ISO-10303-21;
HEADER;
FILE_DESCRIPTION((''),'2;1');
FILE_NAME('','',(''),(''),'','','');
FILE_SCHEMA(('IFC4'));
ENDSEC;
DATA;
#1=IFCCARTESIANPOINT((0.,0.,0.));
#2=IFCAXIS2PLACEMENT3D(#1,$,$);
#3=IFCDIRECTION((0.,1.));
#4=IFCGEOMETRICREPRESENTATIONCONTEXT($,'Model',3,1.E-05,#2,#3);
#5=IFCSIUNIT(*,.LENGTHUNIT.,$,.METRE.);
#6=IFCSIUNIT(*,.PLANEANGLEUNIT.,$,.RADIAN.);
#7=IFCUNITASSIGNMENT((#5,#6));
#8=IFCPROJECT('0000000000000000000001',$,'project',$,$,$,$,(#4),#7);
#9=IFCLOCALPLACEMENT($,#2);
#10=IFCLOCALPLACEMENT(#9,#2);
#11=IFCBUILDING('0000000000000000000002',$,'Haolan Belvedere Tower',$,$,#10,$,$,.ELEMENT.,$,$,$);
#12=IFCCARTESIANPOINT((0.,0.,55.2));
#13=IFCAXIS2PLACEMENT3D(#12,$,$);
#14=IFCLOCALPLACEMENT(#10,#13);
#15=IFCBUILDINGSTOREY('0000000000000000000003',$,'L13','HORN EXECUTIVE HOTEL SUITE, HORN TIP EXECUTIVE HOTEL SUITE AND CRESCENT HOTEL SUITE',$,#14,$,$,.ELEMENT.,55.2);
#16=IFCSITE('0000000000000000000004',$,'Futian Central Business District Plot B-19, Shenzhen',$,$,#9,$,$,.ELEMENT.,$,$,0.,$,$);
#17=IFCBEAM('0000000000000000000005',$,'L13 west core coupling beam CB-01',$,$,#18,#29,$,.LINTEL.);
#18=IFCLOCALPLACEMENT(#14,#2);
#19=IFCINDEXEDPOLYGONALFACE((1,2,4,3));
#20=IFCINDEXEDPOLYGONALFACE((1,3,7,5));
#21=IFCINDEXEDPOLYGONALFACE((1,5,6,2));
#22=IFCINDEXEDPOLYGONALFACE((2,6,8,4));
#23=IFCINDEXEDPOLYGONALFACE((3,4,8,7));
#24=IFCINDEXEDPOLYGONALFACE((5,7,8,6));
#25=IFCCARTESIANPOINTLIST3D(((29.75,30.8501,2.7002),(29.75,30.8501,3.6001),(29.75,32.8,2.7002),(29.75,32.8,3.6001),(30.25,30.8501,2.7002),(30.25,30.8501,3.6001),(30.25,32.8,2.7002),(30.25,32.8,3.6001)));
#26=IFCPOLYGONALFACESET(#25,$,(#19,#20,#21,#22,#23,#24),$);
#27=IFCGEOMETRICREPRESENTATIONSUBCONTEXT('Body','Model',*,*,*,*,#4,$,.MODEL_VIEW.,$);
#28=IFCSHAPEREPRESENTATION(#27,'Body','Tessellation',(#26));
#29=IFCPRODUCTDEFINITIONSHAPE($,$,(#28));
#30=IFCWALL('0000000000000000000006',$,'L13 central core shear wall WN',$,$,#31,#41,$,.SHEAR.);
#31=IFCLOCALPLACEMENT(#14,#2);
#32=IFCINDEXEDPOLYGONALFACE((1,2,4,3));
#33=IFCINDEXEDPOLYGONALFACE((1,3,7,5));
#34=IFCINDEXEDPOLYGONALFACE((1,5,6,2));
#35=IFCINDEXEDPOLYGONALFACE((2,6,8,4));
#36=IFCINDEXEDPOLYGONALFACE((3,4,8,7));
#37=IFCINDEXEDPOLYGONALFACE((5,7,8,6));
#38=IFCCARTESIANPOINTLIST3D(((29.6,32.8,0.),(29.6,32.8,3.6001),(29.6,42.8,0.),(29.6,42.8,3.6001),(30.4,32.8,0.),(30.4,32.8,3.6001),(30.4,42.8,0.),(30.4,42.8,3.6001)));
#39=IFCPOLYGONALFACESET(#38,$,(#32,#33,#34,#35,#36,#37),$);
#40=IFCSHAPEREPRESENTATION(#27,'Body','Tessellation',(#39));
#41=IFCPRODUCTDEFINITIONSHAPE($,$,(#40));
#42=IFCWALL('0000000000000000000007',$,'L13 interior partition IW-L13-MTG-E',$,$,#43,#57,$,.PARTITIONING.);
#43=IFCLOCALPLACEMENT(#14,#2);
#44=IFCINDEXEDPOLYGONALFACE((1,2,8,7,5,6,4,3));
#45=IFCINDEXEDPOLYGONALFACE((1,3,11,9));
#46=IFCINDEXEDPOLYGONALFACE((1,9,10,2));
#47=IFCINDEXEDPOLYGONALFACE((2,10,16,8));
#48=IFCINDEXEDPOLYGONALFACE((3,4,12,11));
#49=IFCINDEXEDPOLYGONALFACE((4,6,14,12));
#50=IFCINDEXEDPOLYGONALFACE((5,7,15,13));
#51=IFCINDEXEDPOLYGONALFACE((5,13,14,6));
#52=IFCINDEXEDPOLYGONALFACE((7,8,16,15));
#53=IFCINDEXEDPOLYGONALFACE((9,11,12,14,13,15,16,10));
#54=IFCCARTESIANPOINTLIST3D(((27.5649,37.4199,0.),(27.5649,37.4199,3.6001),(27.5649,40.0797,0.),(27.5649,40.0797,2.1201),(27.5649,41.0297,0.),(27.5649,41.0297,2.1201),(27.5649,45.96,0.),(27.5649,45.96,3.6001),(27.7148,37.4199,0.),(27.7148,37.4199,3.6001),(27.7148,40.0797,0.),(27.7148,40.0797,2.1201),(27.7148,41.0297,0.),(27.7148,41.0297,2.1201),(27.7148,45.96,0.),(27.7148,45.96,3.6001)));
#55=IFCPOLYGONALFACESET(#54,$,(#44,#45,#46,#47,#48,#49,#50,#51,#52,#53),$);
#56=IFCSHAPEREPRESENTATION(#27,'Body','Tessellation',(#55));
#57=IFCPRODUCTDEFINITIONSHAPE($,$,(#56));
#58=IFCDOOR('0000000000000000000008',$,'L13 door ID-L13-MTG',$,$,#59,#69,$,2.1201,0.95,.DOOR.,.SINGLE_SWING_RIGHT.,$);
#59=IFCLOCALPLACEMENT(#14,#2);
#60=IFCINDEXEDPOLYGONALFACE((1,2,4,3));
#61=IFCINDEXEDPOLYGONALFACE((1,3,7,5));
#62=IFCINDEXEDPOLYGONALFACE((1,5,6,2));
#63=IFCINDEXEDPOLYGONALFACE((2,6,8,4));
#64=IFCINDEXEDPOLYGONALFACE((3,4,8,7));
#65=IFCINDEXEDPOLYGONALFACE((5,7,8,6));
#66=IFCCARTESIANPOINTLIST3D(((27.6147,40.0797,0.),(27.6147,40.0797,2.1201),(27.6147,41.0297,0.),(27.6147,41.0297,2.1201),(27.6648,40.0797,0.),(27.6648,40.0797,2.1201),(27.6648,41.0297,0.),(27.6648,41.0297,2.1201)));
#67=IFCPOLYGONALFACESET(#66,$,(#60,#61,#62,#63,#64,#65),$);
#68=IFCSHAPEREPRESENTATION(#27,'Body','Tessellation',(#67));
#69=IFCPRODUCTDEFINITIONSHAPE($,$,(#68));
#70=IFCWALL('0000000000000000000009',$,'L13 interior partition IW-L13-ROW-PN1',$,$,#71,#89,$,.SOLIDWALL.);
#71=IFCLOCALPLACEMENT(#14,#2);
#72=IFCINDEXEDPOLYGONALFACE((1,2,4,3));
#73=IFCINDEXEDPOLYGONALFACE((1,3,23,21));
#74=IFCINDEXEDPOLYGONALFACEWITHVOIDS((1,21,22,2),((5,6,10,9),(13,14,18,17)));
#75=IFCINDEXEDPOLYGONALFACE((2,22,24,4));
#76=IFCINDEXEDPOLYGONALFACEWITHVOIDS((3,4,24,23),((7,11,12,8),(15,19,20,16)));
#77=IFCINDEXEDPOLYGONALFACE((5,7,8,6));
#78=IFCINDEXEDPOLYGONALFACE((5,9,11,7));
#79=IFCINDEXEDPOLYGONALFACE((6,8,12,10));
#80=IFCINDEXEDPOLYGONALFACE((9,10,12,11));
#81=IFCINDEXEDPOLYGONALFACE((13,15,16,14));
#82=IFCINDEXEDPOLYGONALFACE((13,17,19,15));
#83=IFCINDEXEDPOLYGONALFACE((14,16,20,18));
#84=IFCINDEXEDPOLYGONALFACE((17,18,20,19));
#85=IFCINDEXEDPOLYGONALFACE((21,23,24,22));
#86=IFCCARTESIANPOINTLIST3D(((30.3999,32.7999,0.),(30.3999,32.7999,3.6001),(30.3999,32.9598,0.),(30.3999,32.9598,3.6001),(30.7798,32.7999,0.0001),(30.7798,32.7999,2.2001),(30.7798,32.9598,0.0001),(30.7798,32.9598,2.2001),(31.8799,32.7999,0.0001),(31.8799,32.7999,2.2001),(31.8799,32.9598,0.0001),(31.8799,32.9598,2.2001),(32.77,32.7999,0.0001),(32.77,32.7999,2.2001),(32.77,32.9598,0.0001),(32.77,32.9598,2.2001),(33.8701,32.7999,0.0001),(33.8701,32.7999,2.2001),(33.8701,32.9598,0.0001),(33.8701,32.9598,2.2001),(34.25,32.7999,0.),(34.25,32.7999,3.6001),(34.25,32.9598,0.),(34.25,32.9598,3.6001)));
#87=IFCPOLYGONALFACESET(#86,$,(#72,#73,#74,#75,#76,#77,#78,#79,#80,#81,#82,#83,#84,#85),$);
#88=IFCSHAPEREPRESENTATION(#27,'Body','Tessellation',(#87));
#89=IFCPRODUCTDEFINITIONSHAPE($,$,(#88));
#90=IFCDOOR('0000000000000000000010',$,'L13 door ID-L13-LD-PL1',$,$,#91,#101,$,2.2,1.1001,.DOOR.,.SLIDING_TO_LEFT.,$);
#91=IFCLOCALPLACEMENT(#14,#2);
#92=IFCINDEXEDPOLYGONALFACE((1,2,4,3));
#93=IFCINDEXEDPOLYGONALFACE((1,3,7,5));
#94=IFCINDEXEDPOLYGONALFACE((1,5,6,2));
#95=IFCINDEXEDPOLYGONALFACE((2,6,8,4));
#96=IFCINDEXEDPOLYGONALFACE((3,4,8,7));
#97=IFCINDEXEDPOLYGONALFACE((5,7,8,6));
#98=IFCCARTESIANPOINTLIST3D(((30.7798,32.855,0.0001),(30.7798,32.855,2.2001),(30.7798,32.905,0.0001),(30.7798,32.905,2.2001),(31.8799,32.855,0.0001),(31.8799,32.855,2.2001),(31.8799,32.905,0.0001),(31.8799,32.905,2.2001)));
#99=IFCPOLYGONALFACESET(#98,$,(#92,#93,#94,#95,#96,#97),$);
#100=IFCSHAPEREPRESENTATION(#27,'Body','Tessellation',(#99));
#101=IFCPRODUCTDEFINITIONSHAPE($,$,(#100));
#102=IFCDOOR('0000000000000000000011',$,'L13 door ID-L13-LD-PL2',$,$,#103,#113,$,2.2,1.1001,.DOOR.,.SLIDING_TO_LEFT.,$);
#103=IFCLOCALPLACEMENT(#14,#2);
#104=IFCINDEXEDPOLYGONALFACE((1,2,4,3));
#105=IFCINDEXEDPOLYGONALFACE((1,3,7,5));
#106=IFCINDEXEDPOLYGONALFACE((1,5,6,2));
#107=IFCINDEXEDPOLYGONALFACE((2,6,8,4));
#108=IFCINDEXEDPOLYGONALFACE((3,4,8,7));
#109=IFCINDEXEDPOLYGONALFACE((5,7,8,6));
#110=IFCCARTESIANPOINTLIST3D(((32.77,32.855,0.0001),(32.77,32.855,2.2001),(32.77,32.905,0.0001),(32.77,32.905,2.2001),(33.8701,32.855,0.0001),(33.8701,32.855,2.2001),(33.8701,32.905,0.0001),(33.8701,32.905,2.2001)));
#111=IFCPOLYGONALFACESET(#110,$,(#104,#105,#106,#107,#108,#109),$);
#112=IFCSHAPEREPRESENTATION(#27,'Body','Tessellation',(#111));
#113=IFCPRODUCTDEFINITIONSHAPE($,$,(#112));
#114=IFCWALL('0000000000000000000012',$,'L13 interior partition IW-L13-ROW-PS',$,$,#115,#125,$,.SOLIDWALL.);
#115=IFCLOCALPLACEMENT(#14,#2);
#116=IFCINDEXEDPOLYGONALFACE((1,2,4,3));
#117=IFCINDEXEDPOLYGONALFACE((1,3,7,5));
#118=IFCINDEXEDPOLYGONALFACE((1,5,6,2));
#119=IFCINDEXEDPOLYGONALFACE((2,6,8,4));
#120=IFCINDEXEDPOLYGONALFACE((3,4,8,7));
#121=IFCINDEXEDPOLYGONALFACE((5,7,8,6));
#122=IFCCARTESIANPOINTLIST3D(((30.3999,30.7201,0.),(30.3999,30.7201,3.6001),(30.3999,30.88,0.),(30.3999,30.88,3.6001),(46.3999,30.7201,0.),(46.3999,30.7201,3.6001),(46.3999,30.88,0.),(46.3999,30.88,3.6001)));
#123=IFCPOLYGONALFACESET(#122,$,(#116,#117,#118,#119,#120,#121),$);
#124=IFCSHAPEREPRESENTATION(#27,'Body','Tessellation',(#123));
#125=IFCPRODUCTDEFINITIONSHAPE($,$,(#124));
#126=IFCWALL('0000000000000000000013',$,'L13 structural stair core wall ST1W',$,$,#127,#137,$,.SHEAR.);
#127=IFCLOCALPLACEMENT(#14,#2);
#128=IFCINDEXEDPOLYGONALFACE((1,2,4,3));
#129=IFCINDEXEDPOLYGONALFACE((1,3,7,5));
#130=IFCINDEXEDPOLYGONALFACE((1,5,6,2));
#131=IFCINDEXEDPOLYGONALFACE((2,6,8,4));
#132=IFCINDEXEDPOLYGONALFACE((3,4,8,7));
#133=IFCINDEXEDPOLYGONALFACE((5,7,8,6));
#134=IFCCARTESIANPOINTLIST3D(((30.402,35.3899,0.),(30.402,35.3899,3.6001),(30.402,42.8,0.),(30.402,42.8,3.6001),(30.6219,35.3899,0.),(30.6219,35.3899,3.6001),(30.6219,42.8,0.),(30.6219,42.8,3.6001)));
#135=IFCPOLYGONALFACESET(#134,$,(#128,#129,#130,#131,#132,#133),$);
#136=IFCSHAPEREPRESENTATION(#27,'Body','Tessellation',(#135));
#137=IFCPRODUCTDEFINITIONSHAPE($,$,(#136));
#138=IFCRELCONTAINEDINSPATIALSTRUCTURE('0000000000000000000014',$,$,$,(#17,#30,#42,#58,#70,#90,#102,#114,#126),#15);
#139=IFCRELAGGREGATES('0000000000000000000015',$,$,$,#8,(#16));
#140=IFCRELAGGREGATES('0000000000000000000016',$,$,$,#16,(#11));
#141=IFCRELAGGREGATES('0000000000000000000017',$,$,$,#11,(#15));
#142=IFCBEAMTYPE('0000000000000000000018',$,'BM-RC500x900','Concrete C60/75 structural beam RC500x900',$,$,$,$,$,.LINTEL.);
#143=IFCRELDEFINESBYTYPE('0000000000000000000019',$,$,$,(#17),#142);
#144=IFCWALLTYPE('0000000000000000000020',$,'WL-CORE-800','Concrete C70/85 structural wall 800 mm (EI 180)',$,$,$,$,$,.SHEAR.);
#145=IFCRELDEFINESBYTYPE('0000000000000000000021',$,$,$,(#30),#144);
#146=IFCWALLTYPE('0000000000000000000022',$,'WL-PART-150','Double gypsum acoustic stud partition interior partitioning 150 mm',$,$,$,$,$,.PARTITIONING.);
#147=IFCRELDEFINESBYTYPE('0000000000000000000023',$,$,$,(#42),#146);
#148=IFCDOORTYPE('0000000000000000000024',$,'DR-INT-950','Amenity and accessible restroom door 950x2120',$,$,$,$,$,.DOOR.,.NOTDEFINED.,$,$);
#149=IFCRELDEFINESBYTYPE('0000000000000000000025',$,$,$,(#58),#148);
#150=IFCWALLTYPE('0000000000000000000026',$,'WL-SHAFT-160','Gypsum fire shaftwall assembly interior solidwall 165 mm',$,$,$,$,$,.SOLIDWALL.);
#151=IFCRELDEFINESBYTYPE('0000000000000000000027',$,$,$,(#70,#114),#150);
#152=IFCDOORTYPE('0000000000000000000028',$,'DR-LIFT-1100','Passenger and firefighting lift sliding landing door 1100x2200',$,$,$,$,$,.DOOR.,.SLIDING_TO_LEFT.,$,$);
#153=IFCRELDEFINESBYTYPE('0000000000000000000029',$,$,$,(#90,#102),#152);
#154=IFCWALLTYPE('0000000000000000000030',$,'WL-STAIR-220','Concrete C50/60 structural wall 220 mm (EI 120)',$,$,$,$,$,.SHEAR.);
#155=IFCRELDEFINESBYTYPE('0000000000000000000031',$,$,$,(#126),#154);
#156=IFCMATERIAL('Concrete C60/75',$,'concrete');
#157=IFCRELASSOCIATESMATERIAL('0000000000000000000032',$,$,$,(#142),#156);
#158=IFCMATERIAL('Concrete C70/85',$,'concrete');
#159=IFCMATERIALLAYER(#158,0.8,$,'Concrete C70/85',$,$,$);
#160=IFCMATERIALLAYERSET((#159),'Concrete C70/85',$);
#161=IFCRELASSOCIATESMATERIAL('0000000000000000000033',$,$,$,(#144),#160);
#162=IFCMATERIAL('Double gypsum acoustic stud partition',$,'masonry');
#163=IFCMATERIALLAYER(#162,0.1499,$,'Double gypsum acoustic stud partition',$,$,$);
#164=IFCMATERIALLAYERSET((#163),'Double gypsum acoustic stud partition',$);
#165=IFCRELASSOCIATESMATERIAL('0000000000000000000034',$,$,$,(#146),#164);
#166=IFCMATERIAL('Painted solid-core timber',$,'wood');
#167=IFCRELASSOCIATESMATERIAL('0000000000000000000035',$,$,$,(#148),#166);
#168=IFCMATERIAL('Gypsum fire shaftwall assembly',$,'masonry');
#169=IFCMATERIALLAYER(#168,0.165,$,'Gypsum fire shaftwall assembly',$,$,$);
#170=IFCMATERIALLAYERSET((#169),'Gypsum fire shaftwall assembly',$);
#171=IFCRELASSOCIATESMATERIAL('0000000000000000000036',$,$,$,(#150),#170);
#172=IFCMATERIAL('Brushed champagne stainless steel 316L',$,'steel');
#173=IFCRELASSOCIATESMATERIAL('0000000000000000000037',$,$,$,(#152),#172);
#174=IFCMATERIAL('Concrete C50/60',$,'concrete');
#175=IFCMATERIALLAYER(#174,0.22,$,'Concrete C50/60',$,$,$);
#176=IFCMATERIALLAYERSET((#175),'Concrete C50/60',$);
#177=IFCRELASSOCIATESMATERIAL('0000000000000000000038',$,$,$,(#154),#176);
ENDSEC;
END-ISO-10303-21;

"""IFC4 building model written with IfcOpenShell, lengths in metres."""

from ifc_helpers import new_model, si_unit, direction, frame, frame_2d, origin, origin_2d, place, context, subcontext, project, spatial, rectangle, extrude, material, layer, layer_set, material_profile, profile_set, type_object, element, fill, save


model = new_model("IFC4")

# Units and contexts
model_context = context("Model", 3, precision=1e-05, world=origin(), true_north=direction((0.0, 1.0)))
body_context = subcontext(model_context, "Body", "Model", "MODEL_VIEW")
ifc_project = project(units=[si_unit("LENGTHUNIT", "METRE"), si_unit("PLANEANGLEUNIT", "RADIAN")], contexts=[model_context])

# Site, building, storey
site_placement = place(None, origin())
site = spatial("IfcSite", under=ifc_project, at=site_placement, Name="Futian Central Business District Plot B-19, Shenzhen", CompositionType="ELEMENT", RefElevation=0.0)
building_placement = place(site_placement, origin())
building = spatial("IfcBuilding", under=site, at=building_placement, Name="Haolan Belvedere Tower", CompositionType="ELEMENT")
storey_placement = place(building_placement, frame((0.0, 0.0, 55.2)))
storey = spatial("IfcBuildingStorey", under=building, at=storey_placement, Name="L13", Description="HORN EXECUTIVE HOTEL SUITE, HORN TIP EXECUTIVE HOTEL SUITE AND CRESCENT HOTEL SUITE", CompositionType="ELEMENT", Elevation=55.2)

# Beam
ifc_material_1 = material(Name="Concrete C60/75", Category="concrete")
ifc_material_profile = material_profile(ifc_material_1, rectangle(XDim=0.5, YDim=0.8999, at=origin_2d()), Name="Concrete C60/75")
ifc_profile_set = profile_set([ifc_material_profile], Name="Concrete C60/75")
beam_type = type_object("IfcBeamType", Name="BM-RC500x900", Description="Concrete C60/75 structural beam RC500x900", PredefinedType="LINTEL", material=ifc_profile_set)
beam_placement = place(storey_placement, frame((30.0, 30.8501, 3.1501), z_axis=(0.0, 1.0, 0.0), x_axis=(-1.0, 0.0, 0.0)))
element("IfcBeam", 1, at=beam_placement, inside=storey, type_object=beam_type, Name="L13 west core coupling beam CB-01", PredefinedType="LINTEL", context=body_context, shape_type="SweptSolid", body=[
    extrude(rectangle(XDim=0.5, YDim=0.8999, at=origin_2d()), origin(), (0.0, 0.0, 1.0), 1.95),
])

# Wall
ifc_material_2 = material(Name="Concrete C70/85", Category="concrete")
ifc_layer_1 = layer(ifc_material_2, 0.8, Name="Concrete C70/85")
ifc_layer_set_1 = layer_set([ifc_layer_1], Name="Concrete C70/85")
wall_type_1 = type_object("IfcWallType", Name="WL-CORE-800", Description="Concrete C70/85 structural wall 800 mm (EI 180)", PredefinedType="SHEAR", material=ifc_layer_set_1)
wall_1_placement = place(storey_placement, frame((30.0, 32.8, 0.0), z_axis=(0.0, 0.0, 1.0), x_axis=(0.0, 1.0, 0.0)))
element("IfcWall", 2, at=wall_1_placement, inside=storey, type_object=wall_type_1, Name="L13 central core shear wall WN", PredefinedType="SHEAR", context=body_context, shape_type="SweptSolid", body=[
    extrude(rectangle(XDim=10.0, YDim=0.8, at=frame_2d((5.0, 0.0))), origin(), (0.0, 0.0, 1.0), 3.6001),
])

# Wall, opening, door
ifc_material_3 = material(Name="Double gypsum acoustic stud partition", Category="masonry")
ifc_layer_2 = layer(ifc_material_3, 0.1499, Name="Double gypsum acoustic stud partition")
ifc_layer_set_2 = layer_set([ifc_layer_2], Name="Double gypsum acoustic stud partition")
wall_type_2 = type_object("IfcWallType", Name="WL-PART-150", Description="Double gypsum acoustic stud partition interior partitioning 150 mm", PredefinedType="PARTITIONING", material=ifc_layer_set_2)
ifc_material_4 = material(Name="Painted solid-core timber", Category="wood")
door_type_1 = type_object("IfcDoorType", Name="DR-INT-950", Description="Amenity and accessible restroom door 950x2120", OperationType="NOTDEFINED", PredefinedType="DOOR", material=ifc_material_4)
wall_2_placement = place(storey_placement, frame((27.6399, 37.4199, 0.0), z_axis=(0.0, 0.0, 1.0), x_axis=(0.0, 1.0, 0.0)))
wall_2 = element("IfcWall", 3, at=wall_2_placement, inside=storey, type_object=wall_type_2, Name="L13 interior partition IW-L13-MTG-E", PredefinedType="PARTITIONING", context=body_context, shape_type="SweptSolid", body=[
    extrude(rectangle(XDim=8.54, YDim=0.1499, at=frame_2d((4.27, 0.0))), origin(), (0.0, 0.0, 1.0), 3.6001),
])
opening_1_placement = place(wall_2_placement, frame((3.6099, 0.0, 0.0), z_axis=(0.0, 0.0, 1.0), x_axis=(-1.0, 0.0, 0.0)))
opening_1 = element("IfcOpeningElement", 4, at=opening_1_placement, cuts=wall_2, PredefinedType="OPENING", context=body_context, shape_type="SweptSolid", body=[
    extrude(rectangle(XDim=0.95, YDim=2.1201, at=frame_2d((0.4751, 1.0601))), frame((0.0, 0.085, 0.0), z_axis=(0.0, -1.0, 0.0), x_axis=(1.0, 0.0, 0.0)), (0.0, 0.0, 1.0), 0.1699),
])
door_1_placement = place(opening_1_placement, origin())
door_1 = element("IfcDoor", 5, at=door_1_placement, inside=storey, type_object=door_type_1, Name="L13 door ID-L13-MTG", OperationType="SINGLE_SWING_RIGHT", OverallHeight=2.1201, OverallWidth=0.95, PredefinedType="DOOR", context=body_context, shape_type="SweptSolid", body=[
    extrude(rectangle(XDim=0.95, YDim=2.1201, at=frame_2d((0.4751, 1.0601))), frame((0.0, 0.0249, 0.0), z_axis=(0.0, -1.0, 0.0), x_axis=(1.0, 0.0, 0.0)), (0.0, 0.0, 1.0), 0.05),
])
fill(opening_1, door_1)

# Wall, openings, doors
ifc_material_5 = material(Name="Gypsum fire shaftwall assembly", Category="masonry")
ifc_layer_3 = layer(ifc_material_5, 0.165, Name="Gypsum fire shaftwall assembly")
ifc_layer_set_3 = layer_set([ifc_layer_3], Name="Gypsum fire shaftwall assembly")
wall_type_3 = type_object("IfcWallType", Name="WL-SHAFT-160", Description="Gypsum fire shaftwall assembly interior solidwall 165 mm", PredefinedType="SOLIDWALL", material=ifc_layer_set_3)
wall_3_placement = place(storey_placement, frame((30.3999, 32.8799, 0.0), z_axis=(0.0, 0.0, 1.0), x_axis=(1.0, 0.0, 0.0)))
wall_3 = element("IfcWall", 6, at=wall_3_placement, inside=storey, type_object=wall_type_3, Name="L13 interior partition IW-L13-ROW-PN1", PredefinedType="SOLIDWALL", context=body_context, shape_type="SweptSolid", body=[
    extrude(rectangle(XDim=3.8501, YDim=0.1599, at=frame_2d((1.925, 0.0))), origin(), (0.0, 0.0, 1.0), 3.6001),
])
opening_2_placement = place(wall_3_placement, frame((1.48, 0.0, 0.0), z_axis=(0.0, 0.0, 1.0), x_axis=(-1.0, 0.0, 0.0)))
opening_2 = element("IfcOpeningElement", 7, at=opening_2_placement, cuts=wall_3, PredefinedType="OPENING", context=body_context, shape_type="SweptSolid", body=[
    extrude(rectangle(XDim=1.1001, YDim=2.2, at=frame_2d((0.55, 1.1001))), frame((0.0, 0.0898, 0.0), z_axis=(0.0, -1.0, 0.0), x_axis=(1.0, 0.0, 0.0)), (0.0, 0.0, 1.0), 0.1799),
])
opening_3_placement = place(wall_3_placement, frame((3.4702, 0.0, 0.0), z_axis=(0.0, 0.0, 1.0), x_axis=(-1.0, 0.0, 0.0)))
opening_3 = element("IfcOpeningElement", 8, at=opening_3_placement, cuts=wall_3, PredefinedType="OPENING", context=body_context, shape_type="SweptSolid", body=[
    extrude(rectangle(XDim=1.1001, YDim=2.2, at=frame_2d((0.55, 1.1001))), frame((0.0, 0.0898, 0.0), z_axis=(0.0, -1.0, 0.0), x_axis=(1.0, 0.0, 0.0)), (0.0, 0.0, 1.0), 0.1799),
])
ifc_material_6 = material(Name="Brushed champagne stainless steel 316L", Category="steel")
door_type_2 = type_object("IfcDoorType", Name="DR-LIFT-1100", Description="Passenger and firefighting lift sliding landing door 1100x2200", OperationType="SLIDING_TO_LEFT", PredefinedType="DOOR", material=ifc_material_6)
door_2_placement = place(opening_2_placement, origin())
door_2 = element("IfcDoor", 9, at=door_2_placement, inside=storey, type_object=door_type_2, Name="L13 door ID-L13-LD-PL1", OperationType="SLIDING_TO_LEFT", OverallHeight=2.2, OverallWidth=1.1001, PredefinedType="DOOR", context=body_context, shape_type="SweptSolid", body=[
    extrude(rectangle(XDim=1.1001, YDim=2.2, at=frame_2d((0.55, 1.1001))), frame((0.0, 0.0249, 0.0), z_axis=(0.0, -1.0, 0.0), x_axis=(1.0, 0.0, 0.0)), (0.0, 0.0, 1.0), 0.05),
])
fill(opening_2, door_2)
door_3_placement = place(opening_3_placement, origin())
door_3 = element("IfcDoor", 10, at=door_3_placement, inside=storey, type_object=door_type_2, Name="L13 door ID-L13-LD-PL2", OperationType="SLIDING_TO_LEFT", OverallHeight=2.2, OverallWidth=1.1001, PredefinedType="DOOR", context=body_context, shape_type="SweptSolid", body=[
    extrude(rectangle(XDim=1.1001, YDim=2.2, at=frame_2d((0.55, 1.1001))), frame((0.0, 0.0249, 0.0), z_axis=(0.0, -1.0, 0.0), x_axis=(1.0, 0.0, 0.0)), (0.0, 0.0, 1.0), 0.05),
])
fill(opening_3, door_3)

# Walls
wall_4_placement = place(storey_placement, frame((30.3999, 30.8, 0.0), z_axis=(0.0, 0.0, 1.0), x_axis=(1.0, 0.0, 0.0)))
element("IfcWall", 11, at=wall_4_placement, inside=storey, type_object=wall_type_3, Name="L13 interior partition IW-L13-ROW-PS", PredefinedType="SOLIDWALL", context=body_context, shape_type="SweptSolid", body=[
    extrude(rectangle(XDim=16.0, YDim=0.1599, at=frame_2d((8.0, 0.0))), origin(), (0.0, 0.0, 1.0), 3.6001),
])
ifc_material_7 = material(Name="Concrete C50/60", Category="concrete")
ifc_layer_4 = layer(ifc_material_7, 0.22, Name="Concrete C50/60")
ifc_layer_set_4 = layer_set([ifc_layer_4], Name="Concrete C50/60")
wall_type_4 = type_object("IfcWallType", Name="WL-STAIR-220", Description="Concrete C50/60 structural wall 220 mm (EI 120)", PredefinedType="SHEAR", material=ifc_layer_set_4)
wall_5_placement = place(storey_placement, frame((30.512, 35.3899, 0.0), z_axis=(0.0, 0.0, 1.0), x_axis=(0.0, 1.0, 0.0)))
element("IfcWall", 12, at=wall_5_placement, inside=storey, type_object=wall_type_4, Name="L13 structural stair core wall ST1W", PredefinedType="SHEAR", context=body_context, shape_type="SweptSolid", body=[
    extrude(rectangle(XDim=7.4102, YDim=0.22, at=frame_2d((3.7051, 0.0))), origin(), (0.0, 0.0, 1.0), 3.6001),
])

save(model, "model.ifc")
